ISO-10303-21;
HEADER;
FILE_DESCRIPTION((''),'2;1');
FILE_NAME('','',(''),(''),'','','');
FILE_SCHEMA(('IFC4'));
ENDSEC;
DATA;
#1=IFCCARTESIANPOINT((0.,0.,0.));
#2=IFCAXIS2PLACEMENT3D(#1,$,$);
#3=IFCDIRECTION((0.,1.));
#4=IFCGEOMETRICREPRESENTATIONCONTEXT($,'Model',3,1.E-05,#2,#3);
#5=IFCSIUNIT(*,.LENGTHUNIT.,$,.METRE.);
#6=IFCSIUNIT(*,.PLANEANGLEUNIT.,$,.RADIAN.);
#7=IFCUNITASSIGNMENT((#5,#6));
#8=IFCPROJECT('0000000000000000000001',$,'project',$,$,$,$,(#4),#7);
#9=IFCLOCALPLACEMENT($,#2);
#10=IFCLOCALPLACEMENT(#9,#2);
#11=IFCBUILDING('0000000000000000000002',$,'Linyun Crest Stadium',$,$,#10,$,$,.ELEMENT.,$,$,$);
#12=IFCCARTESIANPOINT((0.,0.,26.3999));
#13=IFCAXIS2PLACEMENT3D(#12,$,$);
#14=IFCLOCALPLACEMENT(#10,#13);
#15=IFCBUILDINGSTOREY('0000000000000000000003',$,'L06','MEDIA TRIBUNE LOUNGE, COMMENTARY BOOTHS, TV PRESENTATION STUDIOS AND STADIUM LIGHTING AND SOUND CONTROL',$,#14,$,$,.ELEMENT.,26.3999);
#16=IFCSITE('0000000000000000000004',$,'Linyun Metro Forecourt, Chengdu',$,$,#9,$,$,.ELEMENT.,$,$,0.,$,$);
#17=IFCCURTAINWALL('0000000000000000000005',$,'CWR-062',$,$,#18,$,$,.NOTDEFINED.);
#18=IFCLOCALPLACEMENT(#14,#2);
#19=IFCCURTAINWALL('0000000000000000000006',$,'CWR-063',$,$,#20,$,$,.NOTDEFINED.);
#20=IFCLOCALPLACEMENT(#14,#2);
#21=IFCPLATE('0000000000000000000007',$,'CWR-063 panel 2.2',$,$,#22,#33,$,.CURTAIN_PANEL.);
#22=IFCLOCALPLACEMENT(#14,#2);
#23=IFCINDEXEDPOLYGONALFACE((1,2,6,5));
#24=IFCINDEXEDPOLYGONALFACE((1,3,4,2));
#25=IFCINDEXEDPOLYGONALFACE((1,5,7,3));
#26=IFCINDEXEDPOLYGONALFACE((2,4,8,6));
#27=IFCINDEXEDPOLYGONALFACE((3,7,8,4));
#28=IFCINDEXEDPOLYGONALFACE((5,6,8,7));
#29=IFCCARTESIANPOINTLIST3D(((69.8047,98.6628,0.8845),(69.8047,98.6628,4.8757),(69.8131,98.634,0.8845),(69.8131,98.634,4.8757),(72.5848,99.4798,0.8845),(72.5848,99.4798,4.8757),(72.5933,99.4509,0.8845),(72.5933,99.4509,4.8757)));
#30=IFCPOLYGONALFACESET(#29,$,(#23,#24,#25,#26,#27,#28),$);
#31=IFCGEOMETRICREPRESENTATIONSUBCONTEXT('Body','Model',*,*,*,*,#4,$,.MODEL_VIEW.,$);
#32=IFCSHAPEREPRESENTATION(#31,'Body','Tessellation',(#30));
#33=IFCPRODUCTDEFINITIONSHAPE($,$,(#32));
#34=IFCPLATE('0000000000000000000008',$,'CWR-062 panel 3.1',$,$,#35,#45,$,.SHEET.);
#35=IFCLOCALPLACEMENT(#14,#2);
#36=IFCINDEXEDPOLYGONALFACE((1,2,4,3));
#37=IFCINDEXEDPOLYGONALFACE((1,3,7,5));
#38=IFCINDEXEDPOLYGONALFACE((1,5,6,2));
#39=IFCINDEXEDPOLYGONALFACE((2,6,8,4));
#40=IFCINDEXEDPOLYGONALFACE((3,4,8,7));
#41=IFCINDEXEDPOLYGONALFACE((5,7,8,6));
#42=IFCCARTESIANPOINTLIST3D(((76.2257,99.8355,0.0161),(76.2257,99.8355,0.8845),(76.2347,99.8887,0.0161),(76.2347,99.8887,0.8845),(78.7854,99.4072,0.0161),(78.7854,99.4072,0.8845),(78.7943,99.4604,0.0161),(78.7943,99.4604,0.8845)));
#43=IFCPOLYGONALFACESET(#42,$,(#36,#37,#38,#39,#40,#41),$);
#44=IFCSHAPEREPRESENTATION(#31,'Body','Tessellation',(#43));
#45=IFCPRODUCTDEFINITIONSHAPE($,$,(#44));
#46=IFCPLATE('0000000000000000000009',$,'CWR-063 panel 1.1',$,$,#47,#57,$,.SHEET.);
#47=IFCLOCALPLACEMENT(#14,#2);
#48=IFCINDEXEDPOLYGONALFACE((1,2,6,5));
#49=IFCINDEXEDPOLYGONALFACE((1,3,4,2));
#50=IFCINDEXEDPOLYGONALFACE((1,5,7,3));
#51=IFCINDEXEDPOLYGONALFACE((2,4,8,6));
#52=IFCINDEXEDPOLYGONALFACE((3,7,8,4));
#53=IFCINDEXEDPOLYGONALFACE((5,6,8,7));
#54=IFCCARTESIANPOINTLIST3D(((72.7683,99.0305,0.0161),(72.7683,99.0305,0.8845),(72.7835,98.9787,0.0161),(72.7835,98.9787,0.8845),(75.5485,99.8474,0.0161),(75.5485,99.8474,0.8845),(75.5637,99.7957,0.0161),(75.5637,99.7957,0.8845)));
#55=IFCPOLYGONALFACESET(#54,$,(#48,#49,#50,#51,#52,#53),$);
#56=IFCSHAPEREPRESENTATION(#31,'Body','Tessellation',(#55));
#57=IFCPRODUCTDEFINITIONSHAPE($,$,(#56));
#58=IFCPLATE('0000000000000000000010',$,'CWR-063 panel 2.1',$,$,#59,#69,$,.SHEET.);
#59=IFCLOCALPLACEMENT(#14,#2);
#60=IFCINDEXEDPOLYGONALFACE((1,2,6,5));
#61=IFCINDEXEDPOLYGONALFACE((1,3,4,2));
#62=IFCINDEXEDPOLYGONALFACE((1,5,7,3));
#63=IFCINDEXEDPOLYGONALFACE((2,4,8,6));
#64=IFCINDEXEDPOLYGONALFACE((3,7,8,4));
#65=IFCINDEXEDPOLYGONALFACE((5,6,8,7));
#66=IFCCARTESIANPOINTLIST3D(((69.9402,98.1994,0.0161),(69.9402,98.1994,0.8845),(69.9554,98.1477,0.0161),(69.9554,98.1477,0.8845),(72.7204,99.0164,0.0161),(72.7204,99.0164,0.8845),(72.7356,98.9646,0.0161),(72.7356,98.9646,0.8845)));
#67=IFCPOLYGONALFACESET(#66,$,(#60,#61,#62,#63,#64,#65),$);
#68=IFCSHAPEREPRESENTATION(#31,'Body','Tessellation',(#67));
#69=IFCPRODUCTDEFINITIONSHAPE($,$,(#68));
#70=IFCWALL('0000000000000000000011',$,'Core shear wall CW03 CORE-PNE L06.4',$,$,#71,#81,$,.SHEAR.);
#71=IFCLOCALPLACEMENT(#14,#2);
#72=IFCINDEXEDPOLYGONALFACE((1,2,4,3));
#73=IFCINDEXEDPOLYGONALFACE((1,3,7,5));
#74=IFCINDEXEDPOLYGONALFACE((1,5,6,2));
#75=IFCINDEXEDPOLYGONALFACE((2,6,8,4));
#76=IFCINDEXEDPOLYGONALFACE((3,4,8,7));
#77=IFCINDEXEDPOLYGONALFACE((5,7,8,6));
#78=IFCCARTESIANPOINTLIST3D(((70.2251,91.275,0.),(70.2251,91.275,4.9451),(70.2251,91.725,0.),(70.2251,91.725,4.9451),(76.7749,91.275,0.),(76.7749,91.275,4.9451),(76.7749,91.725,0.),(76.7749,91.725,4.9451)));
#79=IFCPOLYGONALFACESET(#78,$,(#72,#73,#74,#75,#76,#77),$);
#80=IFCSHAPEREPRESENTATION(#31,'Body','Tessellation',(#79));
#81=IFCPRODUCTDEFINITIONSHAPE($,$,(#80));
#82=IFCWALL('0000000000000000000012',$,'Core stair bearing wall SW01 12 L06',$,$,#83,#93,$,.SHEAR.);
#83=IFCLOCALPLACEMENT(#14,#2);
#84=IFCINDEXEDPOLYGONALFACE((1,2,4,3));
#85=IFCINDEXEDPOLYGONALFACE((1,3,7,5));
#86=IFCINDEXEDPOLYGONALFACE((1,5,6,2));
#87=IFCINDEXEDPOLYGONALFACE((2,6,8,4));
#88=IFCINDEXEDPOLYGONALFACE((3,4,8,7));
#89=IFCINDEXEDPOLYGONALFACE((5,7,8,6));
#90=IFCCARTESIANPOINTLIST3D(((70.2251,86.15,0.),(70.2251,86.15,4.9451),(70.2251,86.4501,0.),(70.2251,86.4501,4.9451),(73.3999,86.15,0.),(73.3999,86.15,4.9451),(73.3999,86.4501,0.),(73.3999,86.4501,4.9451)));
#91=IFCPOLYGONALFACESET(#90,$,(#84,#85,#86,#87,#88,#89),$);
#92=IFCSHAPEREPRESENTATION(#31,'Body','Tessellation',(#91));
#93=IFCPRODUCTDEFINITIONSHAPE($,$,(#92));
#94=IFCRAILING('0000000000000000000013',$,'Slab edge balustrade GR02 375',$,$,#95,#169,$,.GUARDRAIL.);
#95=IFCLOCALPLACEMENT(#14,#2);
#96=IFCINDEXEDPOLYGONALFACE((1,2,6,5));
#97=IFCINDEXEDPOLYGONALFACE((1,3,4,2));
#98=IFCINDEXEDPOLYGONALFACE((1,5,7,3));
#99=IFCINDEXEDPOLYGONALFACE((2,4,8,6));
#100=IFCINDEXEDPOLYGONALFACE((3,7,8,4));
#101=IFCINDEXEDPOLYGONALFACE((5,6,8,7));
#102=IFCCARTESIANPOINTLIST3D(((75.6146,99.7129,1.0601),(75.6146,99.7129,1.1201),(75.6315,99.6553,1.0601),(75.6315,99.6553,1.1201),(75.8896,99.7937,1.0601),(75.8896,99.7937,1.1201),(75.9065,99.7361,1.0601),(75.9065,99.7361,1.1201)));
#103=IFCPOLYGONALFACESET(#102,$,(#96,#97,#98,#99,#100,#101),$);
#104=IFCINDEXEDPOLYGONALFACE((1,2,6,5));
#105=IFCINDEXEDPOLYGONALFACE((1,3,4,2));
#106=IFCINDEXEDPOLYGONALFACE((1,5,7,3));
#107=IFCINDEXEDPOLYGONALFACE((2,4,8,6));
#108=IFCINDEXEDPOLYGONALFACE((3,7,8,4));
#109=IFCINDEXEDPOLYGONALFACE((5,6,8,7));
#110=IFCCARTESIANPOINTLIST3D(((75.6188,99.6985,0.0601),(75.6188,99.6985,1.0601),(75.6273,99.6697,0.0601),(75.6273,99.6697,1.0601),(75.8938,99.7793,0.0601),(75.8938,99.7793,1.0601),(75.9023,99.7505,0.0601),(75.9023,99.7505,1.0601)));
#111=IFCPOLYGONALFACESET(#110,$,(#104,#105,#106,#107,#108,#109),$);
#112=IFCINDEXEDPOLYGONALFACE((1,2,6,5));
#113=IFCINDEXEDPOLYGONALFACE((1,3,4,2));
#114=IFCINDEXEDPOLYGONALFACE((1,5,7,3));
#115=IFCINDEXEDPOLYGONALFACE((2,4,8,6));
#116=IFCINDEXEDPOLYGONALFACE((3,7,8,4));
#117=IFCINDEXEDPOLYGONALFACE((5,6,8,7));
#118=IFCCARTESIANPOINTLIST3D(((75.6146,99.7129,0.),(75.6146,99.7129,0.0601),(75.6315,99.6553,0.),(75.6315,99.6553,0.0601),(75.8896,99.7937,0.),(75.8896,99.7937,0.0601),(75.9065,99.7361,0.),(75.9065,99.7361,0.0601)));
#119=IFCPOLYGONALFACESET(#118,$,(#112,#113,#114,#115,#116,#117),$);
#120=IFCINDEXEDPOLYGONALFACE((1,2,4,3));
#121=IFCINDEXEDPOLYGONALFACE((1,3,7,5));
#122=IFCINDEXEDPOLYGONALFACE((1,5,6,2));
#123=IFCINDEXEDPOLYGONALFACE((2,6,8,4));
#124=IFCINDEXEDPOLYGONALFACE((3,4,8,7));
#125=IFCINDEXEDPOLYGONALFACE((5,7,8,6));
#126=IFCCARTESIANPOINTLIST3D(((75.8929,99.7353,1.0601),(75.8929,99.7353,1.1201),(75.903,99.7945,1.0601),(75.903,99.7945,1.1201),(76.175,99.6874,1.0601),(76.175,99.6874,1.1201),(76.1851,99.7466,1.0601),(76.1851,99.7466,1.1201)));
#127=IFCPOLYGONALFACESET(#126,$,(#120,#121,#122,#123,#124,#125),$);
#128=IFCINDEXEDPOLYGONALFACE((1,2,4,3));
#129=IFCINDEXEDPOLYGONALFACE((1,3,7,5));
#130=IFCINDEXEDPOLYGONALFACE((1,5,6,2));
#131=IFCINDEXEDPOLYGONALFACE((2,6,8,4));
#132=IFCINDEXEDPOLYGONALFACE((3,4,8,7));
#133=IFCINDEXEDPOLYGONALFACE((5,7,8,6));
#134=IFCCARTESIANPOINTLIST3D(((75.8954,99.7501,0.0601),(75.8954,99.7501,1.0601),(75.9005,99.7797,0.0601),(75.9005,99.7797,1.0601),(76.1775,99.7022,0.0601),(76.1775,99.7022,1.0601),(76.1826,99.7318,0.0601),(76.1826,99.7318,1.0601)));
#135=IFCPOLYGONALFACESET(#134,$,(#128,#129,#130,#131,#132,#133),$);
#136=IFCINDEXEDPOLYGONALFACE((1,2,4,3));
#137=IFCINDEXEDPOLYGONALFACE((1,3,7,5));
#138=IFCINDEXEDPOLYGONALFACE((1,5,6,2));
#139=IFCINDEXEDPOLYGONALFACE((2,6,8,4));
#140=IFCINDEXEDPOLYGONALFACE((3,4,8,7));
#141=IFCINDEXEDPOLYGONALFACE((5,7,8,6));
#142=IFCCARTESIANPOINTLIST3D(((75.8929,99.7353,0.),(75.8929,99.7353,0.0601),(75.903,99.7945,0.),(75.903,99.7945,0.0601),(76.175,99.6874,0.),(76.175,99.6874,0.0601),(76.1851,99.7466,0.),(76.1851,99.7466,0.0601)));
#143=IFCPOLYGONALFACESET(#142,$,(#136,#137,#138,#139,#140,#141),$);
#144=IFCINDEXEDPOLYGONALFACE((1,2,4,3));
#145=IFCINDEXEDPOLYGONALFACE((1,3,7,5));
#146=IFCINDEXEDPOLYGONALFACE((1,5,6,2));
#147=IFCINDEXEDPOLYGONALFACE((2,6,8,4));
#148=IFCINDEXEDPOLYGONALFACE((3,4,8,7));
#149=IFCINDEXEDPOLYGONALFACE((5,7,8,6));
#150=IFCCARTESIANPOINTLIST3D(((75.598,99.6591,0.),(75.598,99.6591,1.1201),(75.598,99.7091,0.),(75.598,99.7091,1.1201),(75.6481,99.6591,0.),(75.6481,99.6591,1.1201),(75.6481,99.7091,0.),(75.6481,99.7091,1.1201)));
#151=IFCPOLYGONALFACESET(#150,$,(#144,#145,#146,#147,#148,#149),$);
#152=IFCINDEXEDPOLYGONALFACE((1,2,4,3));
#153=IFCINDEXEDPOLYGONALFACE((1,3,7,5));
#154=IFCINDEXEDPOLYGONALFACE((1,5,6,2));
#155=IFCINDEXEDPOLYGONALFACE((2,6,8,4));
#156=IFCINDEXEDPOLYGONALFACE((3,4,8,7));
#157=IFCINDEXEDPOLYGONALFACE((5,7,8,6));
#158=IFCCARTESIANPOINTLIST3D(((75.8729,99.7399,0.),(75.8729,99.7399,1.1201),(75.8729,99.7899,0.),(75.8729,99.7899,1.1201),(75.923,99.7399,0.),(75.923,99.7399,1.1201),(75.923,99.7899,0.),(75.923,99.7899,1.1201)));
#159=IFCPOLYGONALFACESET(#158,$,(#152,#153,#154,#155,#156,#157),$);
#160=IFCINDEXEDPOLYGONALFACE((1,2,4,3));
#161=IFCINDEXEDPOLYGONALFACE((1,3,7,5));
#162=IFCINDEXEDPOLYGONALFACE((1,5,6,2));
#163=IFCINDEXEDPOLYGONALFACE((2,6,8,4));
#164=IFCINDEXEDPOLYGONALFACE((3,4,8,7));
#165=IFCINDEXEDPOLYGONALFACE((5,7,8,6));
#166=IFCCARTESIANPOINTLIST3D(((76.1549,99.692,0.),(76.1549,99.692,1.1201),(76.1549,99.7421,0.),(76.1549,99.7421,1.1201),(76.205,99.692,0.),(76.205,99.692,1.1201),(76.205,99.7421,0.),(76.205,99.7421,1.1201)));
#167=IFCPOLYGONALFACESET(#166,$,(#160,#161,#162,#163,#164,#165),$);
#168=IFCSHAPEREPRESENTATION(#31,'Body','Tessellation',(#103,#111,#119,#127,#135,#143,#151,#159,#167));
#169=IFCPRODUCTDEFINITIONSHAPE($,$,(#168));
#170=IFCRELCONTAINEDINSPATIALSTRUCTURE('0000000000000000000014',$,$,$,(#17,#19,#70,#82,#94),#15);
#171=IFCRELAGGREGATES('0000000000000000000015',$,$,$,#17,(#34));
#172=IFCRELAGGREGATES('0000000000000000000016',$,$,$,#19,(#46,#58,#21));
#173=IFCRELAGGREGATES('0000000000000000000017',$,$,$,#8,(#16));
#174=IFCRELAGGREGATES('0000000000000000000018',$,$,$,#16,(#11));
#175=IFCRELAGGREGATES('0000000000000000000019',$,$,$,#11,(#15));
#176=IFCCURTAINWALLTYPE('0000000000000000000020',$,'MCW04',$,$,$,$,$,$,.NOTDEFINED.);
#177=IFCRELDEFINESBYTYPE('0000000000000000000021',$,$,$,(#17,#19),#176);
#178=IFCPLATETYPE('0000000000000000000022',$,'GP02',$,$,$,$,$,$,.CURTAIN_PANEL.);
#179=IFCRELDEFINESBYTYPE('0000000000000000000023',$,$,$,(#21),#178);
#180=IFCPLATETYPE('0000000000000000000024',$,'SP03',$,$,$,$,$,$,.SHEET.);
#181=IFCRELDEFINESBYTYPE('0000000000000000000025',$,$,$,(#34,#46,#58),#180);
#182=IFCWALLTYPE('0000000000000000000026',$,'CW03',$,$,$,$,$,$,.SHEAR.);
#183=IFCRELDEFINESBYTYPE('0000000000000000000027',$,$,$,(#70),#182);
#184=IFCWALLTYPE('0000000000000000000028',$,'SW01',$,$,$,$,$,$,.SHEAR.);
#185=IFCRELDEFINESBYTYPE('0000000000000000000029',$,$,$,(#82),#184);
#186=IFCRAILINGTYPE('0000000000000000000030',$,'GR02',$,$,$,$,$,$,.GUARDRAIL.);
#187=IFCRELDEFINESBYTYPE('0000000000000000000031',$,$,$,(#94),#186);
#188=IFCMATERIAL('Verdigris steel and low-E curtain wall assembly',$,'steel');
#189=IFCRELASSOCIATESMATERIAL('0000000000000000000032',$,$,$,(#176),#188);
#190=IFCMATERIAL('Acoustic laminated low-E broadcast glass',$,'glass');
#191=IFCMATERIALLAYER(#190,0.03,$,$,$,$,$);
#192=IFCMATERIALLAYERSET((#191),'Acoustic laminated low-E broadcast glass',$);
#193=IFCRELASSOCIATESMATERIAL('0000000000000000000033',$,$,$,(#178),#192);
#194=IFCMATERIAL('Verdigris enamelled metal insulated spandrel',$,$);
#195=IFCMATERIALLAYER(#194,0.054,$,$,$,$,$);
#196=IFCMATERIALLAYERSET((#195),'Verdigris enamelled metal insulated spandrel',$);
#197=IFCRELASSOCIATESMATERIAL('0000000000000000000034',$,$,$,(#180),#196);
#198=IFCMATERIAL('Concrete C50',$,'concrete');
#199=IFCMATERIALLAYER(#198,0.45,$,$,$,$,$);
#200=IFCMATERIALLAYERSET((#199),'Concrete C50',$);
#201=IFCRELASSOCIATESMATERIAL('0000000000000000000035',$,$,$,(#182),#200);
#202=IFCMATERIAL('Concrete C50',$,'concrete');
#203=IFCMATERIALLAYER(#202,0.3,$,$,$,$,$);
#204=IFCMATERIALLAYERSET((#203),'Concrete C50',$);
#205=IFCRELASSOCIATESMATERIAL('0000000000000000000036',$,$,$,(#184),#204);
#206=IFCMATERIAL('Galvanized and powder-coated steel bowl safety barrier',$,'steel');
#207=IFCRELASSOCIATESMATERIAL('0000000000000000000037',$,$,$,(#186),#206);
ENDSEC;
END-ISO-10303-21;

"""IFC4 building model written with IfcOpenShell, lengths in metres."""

from ifc_helpers import new_model, si_unit, direction, frame, frame_2d, origin, origin_2d, place, context, subcontext, project, spatial, rectangle, extrude, material, layer, layer_set, type_object, element, aggregate, save


model = new_model("IFC4")

# Units and contexts
model_context = context("Model", 3, precision=1e-05, world=origin(), true_north=direction((0.0, 1.0)))
body_context = subcontext(model_context, "Body", "Model", "MODEL_VIEW")
ifc_project = project(units=[si_unit("LENGTHUNIT", "METRE"), si_unit("PLANEANGLEUNIT", "RADIAN")], contexts=[model_context])

# Site, building, storey
site_placement = place(None, origin())
site = spatial("IfcSite", under=ifc_project, at=site_placement, Name="Linyun Metro Forecourt, Chengdu", CompositionType="ELEMENT", RefElevation=0.0)
building_placement = place(site_placement, origin())
building = spatial("IfcBuilding", under=site, at=building_placement, Name="Linyun Crest Stadium", CompositionType="ELEMENT")
storey_placement = place(building_placement, frame((0.0, 0.0, 26.3999)))
storey = spatial("IfcBuildingStorey", under=building, at=storey_placement, Name="L06", Description="MEDIA TRIBUNE LOUNGE, COMMENTARY BOOTHS, TV PRESENTATION STUDIOS AND STADIUM LIGHTING AND SOUND CONTROL", CompositionType="ELEMENT", Elevation=26.3999)

# Curtain walls
ifc_material_1 = material(Name="Verdigris steel and low-E curtain wall assembly", Category="steel")
curtain_wall_type = type_object("IfcCurtainWallType", Name="MCW04", PredefinedType="NOTDEFINED", material=ifc_material_1)
curtain_wall_1_placement = place(storey_placement, origin())
curtain_wall_1 = element("IfcCurtainWall", 1, at=curtain_wall_1_placement, inside=storey, type_object=curtain_wall_type, Name="CWR-062", PredefinedType="NOTDEFINED")
curtain_wall_2_placement = place(storey_placement, origin())
curtain_wall_2 = element("IfcCurtainWall", 2, at=curtain_wall_2_placement, inside=storey, type_object=curtain_wall_type, Name="CWR-063", PredefinedType="NOTDEFINED")

# Plates
ifc_material_2 = material(Name="Acoustic laminated low-E broadcast glass", Category="glass")
ifc_layer_1 = layer(ifc_material_2, 0.03)
ifc_layer_set_1 = layer_set([ifc_layer_1], Name="Acoustic laminated low-E broadcast glass")
plate_type_1 = type_object("IfcPlateType", Name="GP02", PredefinedType="CURTAIN_PANEL", material=ifc_layer_set_1)
plate_1_placement = place(storey_placement, frame((71.199, 99.0569, 0.8845), z_axis=(0.0, 0.0, 1.0), x_axis=(-0.959437, -0.281923, 0.0)))
plate_1 = element("IfcPlate", 3, at=plate_1_placement, type_object=plate_type_1, Name="CWR-063 panel 2.2", PredefinedType="CURTAIN_PANEL", context=body_context, shape_type="SweptSolid", body=[
    extrude(rectangle(XDim=2.8977, YDim=0.03, at=origin_2d()), origin(), (0.0, 0.0, 1.0), 3.9912),
])
ifc_material_3 = material(Name="Verdigris enamelled metal insulated spandrel")
ifc_layer_2 = layer(ifc_material_3, 0.054)
ifc_layer_set_2 = layer_set([ifc_layer_2], Name="Verdigris enamelled metal insulated spandrel")
plate_type_2 = type_object("IfcPlateType", Name="SP03", PredefinedType="SHEET", material=ifc_layer_set_2)
plate_2_placement = place(storey_placement, frame((77.51, 99.6479, 0.0161), z_axis=(0.0, 0.0, 1.0), x_axis=(-0.986283, 0.165065, 0.0)))
plate_2 = element("IfcPlate", 4, at=plate_2_placement, type_object=plate_type_2, Name="CWR-062 panel 3.1", PredefinedType="SHEET", context=body_context, shape_type="SweptSolid", body=[
    extrude(rectangle(XDim=2.5952, YDim=0.054, at=origin_2d()), origin(), (0.0, 0.0, 1.0), 0.8684),
])
aggregate(curtain_wall_1, [plate_2])
plate_3_placement = place(storey_placement, frame((74.166, 99.4131, 0.0161), z_axis=(0.0, 0.0, 1.0), x_axis=(-0.959437, -0.281923, 0.0)))
plate_3 = element("IfcPlate", 5, at=plate_3_placement, type_object=plate_type_2, Name="CWR-063 panel 1.1", PredefinedType="SHEET", context=body_context, shape_type="SweptSolid", body=[
    extrude(rectangle(XDim=2.8977, YDim=0.054, at=origin_2d()), origin(), (0.0, 0.0, 1.0), 0.8684),
])
plate_4_placement = place(storey_placement, frame((71.3379, 98.582, 0.0161), z_axis=(0.0, 0.0, 1.0), x_axis=(-0.959437, -0.281923, 0.0)))
plate_4 = element("IfcPlate", 6, at=plate_4_placement, type_object=plate_type_2, Name="CWR-063 panel 2.1", PredefinedType="SHEET", context=body_context, shape_type="SweptSolid", body=[
    extrude(rectangle(XDim=2.8977, YDim=0.054, at=origin_2d()), origin(), (0.0, 0.0, 1.0), 0.8684),
])
aggregate(curtain_wall_2, [plate_3, plate_4, plate_1])

# Walls
ifc_material_4 = material(Name="Concrete C50", Category="concrete")
ifc_layer_3 = layer(ifc_material_4, 0.45)
ifc_layer_set_3 = layer_set([ifc_layer_3], Name="Concrete C50")
wall_type_1 = type_object("IfcWallType", Name="CW03", PredefinedType="SHEAR", material=ifc_layer_set_3)
wall_1_placement = place(storey_placement, frame((70.2251, 91.5, 0.0), z_axis=(0.0, 0.0, 1.0), x_axis=(1.0, 0.0, 0.0)))
element("IfcWall", 7, at=wall_1_placement, inside=storey, type_object=wall_type_1, Name="Core shear wall CW03 CORE-PNE L06.4", PredefinedType="SHEAR", context=body_context, shape_type="SweptSolid", body=[
    extrude(rectangle(XDim=6.5498, YDim=0.45, at=frame_2d((3.2749, 0.0))), origin(), (0.0, 0.0, 1.0), 4.9451),
])
ifc_material_5 = material(Name="Concrete C50", Category="concrete")
ifc_layer_4 = layer(ifc_material_5, 0.3)
ifc_layer_set_4 = layer_set([ifc_layer_4], Name="Concrete C50")
wall_type_2 = type_object("IfcWallType", Name="SW01", PredefinedType="SHEAR", material=ifc_layer_set_4)
wall_2_placement = place(storey_placement, frame((70.2251, 86.3, 0.0), z_axis=(0.0, 0.0, 1.0), x_axis=(1.0, 0.0, 0.0)))
element("IfcWall", 8, at=wall_2_placement, inside=storey, type_object=wall_type_2, Name="Core stair bearing wall SW01 12 L06", PredefinedType="SHEAR", context=body_context, shape_type="SweptSolid", body=[
    extrude(rectangle(XDim=3.1748, YDim=0.3, at=frame_2d((1.5874, 0.0))), origin(), (0.0, 0.0, 1.0), 4.9451),
])

# Railing
ifc_material_6 = material(Name="Galvanized and powder-coated steel bowl safety barrier", Category="steel")
railing_type = type_object("IfcRailingType", Name="GR02", PredefinedType="GUARDRAIL", material=ifc_material_6)
railing_placement = place(storey_placement, frame((75.623, 99.6841, 0.0)))
element("IfcRailing", 9, at=railing_placement, inside=storey, type_object=railing_type, Name="Slab edge balustrade GR02 375", PredefinedType="GUARDRAIL", context=body_context, shape_type="SweptSolid", body=[
    extrude(rectangle(XDim=0.0601, YDim=0.0601, at=origin_2d()), frame((0.0, 0.0, 1.0901), z_axis=(0.959406, 0.282028, 0.0), x_axis=(-0.282028, 0.959406, 0.0)), (0.0, 0.0, 1.0), 0.2866),
    extrude(rectangle(XDim=0.03, YDim=1.0, at=origin_2d()), frame((0.0, 0.0, 0.5601), z_axis=(0.959406, 0.282028, 0.0), x_axis=(-0.282028, 0.959406, 0.0)), (0.0, 0.0, 1.0), 0.2866),
    extrude(rectangle(XDim=0.0601, YDim=0.0601, at=origin_2d()), frame((0.0, 0.0, 0.03), z_axis=(0.959406, 0.282028, 0.0), x_axis=(-0.282028, 0.959406, 0.0)), (0.0, 0.0, 1.0), 0.2866),
    extrude(rectangle(XDim=0.0601, YDim=0.0601, at=origin_2d()), frame((0.2749, 0.0808, 1.0901), z_axis=(0.985905, -0.167305, 0.0), x_axis=(0.167305, 0.985905, 0.0)), (0.0, 0.0, 1.0), 0.2861),
    extrude(rectangle(XDim=0.03, YDim=1.0, at=origin_2d()), frame((0.2749, 0.0808, 0.5601), z_axis=(0.985905, -0.167305, 0.0), x_axis=(0.167305, 0.985905, 0.0)), (0.0, 0.0, 1.0), 0.2861),
    extrude(rectangle(XDim=0.0601, YDim=0.0601, at=origin_2d()), frame((0.2749, 0.0808, 0.03), z_axis=(0.985905, -0.167305, 0.0), x_axis=(0.167305, 0.985905, 0.0)), (0.0, 0.0, 1.0), 0.2861),
    extrude(rectangle(XDim=0.05, YDim=0.05, at=origin_2d()), origin(), (0.0, 0.0, 1.0), 1.1201),
    extrude(rectangle(XDim=0.05, YDim=0.05, at=origin_2d()), frame((0.2749, 0.0808, 0.0)), (0.0, 0.0, 1.0), 1.1201),
    extrude(rectangle(XDim=0.05, YDim=0.05, at=origin_2d()), frame((0.5569, 0.033, 0.0)), (0.0, 0.0, 1.0), 1.1201),
])

save(model, "model.ifc")
